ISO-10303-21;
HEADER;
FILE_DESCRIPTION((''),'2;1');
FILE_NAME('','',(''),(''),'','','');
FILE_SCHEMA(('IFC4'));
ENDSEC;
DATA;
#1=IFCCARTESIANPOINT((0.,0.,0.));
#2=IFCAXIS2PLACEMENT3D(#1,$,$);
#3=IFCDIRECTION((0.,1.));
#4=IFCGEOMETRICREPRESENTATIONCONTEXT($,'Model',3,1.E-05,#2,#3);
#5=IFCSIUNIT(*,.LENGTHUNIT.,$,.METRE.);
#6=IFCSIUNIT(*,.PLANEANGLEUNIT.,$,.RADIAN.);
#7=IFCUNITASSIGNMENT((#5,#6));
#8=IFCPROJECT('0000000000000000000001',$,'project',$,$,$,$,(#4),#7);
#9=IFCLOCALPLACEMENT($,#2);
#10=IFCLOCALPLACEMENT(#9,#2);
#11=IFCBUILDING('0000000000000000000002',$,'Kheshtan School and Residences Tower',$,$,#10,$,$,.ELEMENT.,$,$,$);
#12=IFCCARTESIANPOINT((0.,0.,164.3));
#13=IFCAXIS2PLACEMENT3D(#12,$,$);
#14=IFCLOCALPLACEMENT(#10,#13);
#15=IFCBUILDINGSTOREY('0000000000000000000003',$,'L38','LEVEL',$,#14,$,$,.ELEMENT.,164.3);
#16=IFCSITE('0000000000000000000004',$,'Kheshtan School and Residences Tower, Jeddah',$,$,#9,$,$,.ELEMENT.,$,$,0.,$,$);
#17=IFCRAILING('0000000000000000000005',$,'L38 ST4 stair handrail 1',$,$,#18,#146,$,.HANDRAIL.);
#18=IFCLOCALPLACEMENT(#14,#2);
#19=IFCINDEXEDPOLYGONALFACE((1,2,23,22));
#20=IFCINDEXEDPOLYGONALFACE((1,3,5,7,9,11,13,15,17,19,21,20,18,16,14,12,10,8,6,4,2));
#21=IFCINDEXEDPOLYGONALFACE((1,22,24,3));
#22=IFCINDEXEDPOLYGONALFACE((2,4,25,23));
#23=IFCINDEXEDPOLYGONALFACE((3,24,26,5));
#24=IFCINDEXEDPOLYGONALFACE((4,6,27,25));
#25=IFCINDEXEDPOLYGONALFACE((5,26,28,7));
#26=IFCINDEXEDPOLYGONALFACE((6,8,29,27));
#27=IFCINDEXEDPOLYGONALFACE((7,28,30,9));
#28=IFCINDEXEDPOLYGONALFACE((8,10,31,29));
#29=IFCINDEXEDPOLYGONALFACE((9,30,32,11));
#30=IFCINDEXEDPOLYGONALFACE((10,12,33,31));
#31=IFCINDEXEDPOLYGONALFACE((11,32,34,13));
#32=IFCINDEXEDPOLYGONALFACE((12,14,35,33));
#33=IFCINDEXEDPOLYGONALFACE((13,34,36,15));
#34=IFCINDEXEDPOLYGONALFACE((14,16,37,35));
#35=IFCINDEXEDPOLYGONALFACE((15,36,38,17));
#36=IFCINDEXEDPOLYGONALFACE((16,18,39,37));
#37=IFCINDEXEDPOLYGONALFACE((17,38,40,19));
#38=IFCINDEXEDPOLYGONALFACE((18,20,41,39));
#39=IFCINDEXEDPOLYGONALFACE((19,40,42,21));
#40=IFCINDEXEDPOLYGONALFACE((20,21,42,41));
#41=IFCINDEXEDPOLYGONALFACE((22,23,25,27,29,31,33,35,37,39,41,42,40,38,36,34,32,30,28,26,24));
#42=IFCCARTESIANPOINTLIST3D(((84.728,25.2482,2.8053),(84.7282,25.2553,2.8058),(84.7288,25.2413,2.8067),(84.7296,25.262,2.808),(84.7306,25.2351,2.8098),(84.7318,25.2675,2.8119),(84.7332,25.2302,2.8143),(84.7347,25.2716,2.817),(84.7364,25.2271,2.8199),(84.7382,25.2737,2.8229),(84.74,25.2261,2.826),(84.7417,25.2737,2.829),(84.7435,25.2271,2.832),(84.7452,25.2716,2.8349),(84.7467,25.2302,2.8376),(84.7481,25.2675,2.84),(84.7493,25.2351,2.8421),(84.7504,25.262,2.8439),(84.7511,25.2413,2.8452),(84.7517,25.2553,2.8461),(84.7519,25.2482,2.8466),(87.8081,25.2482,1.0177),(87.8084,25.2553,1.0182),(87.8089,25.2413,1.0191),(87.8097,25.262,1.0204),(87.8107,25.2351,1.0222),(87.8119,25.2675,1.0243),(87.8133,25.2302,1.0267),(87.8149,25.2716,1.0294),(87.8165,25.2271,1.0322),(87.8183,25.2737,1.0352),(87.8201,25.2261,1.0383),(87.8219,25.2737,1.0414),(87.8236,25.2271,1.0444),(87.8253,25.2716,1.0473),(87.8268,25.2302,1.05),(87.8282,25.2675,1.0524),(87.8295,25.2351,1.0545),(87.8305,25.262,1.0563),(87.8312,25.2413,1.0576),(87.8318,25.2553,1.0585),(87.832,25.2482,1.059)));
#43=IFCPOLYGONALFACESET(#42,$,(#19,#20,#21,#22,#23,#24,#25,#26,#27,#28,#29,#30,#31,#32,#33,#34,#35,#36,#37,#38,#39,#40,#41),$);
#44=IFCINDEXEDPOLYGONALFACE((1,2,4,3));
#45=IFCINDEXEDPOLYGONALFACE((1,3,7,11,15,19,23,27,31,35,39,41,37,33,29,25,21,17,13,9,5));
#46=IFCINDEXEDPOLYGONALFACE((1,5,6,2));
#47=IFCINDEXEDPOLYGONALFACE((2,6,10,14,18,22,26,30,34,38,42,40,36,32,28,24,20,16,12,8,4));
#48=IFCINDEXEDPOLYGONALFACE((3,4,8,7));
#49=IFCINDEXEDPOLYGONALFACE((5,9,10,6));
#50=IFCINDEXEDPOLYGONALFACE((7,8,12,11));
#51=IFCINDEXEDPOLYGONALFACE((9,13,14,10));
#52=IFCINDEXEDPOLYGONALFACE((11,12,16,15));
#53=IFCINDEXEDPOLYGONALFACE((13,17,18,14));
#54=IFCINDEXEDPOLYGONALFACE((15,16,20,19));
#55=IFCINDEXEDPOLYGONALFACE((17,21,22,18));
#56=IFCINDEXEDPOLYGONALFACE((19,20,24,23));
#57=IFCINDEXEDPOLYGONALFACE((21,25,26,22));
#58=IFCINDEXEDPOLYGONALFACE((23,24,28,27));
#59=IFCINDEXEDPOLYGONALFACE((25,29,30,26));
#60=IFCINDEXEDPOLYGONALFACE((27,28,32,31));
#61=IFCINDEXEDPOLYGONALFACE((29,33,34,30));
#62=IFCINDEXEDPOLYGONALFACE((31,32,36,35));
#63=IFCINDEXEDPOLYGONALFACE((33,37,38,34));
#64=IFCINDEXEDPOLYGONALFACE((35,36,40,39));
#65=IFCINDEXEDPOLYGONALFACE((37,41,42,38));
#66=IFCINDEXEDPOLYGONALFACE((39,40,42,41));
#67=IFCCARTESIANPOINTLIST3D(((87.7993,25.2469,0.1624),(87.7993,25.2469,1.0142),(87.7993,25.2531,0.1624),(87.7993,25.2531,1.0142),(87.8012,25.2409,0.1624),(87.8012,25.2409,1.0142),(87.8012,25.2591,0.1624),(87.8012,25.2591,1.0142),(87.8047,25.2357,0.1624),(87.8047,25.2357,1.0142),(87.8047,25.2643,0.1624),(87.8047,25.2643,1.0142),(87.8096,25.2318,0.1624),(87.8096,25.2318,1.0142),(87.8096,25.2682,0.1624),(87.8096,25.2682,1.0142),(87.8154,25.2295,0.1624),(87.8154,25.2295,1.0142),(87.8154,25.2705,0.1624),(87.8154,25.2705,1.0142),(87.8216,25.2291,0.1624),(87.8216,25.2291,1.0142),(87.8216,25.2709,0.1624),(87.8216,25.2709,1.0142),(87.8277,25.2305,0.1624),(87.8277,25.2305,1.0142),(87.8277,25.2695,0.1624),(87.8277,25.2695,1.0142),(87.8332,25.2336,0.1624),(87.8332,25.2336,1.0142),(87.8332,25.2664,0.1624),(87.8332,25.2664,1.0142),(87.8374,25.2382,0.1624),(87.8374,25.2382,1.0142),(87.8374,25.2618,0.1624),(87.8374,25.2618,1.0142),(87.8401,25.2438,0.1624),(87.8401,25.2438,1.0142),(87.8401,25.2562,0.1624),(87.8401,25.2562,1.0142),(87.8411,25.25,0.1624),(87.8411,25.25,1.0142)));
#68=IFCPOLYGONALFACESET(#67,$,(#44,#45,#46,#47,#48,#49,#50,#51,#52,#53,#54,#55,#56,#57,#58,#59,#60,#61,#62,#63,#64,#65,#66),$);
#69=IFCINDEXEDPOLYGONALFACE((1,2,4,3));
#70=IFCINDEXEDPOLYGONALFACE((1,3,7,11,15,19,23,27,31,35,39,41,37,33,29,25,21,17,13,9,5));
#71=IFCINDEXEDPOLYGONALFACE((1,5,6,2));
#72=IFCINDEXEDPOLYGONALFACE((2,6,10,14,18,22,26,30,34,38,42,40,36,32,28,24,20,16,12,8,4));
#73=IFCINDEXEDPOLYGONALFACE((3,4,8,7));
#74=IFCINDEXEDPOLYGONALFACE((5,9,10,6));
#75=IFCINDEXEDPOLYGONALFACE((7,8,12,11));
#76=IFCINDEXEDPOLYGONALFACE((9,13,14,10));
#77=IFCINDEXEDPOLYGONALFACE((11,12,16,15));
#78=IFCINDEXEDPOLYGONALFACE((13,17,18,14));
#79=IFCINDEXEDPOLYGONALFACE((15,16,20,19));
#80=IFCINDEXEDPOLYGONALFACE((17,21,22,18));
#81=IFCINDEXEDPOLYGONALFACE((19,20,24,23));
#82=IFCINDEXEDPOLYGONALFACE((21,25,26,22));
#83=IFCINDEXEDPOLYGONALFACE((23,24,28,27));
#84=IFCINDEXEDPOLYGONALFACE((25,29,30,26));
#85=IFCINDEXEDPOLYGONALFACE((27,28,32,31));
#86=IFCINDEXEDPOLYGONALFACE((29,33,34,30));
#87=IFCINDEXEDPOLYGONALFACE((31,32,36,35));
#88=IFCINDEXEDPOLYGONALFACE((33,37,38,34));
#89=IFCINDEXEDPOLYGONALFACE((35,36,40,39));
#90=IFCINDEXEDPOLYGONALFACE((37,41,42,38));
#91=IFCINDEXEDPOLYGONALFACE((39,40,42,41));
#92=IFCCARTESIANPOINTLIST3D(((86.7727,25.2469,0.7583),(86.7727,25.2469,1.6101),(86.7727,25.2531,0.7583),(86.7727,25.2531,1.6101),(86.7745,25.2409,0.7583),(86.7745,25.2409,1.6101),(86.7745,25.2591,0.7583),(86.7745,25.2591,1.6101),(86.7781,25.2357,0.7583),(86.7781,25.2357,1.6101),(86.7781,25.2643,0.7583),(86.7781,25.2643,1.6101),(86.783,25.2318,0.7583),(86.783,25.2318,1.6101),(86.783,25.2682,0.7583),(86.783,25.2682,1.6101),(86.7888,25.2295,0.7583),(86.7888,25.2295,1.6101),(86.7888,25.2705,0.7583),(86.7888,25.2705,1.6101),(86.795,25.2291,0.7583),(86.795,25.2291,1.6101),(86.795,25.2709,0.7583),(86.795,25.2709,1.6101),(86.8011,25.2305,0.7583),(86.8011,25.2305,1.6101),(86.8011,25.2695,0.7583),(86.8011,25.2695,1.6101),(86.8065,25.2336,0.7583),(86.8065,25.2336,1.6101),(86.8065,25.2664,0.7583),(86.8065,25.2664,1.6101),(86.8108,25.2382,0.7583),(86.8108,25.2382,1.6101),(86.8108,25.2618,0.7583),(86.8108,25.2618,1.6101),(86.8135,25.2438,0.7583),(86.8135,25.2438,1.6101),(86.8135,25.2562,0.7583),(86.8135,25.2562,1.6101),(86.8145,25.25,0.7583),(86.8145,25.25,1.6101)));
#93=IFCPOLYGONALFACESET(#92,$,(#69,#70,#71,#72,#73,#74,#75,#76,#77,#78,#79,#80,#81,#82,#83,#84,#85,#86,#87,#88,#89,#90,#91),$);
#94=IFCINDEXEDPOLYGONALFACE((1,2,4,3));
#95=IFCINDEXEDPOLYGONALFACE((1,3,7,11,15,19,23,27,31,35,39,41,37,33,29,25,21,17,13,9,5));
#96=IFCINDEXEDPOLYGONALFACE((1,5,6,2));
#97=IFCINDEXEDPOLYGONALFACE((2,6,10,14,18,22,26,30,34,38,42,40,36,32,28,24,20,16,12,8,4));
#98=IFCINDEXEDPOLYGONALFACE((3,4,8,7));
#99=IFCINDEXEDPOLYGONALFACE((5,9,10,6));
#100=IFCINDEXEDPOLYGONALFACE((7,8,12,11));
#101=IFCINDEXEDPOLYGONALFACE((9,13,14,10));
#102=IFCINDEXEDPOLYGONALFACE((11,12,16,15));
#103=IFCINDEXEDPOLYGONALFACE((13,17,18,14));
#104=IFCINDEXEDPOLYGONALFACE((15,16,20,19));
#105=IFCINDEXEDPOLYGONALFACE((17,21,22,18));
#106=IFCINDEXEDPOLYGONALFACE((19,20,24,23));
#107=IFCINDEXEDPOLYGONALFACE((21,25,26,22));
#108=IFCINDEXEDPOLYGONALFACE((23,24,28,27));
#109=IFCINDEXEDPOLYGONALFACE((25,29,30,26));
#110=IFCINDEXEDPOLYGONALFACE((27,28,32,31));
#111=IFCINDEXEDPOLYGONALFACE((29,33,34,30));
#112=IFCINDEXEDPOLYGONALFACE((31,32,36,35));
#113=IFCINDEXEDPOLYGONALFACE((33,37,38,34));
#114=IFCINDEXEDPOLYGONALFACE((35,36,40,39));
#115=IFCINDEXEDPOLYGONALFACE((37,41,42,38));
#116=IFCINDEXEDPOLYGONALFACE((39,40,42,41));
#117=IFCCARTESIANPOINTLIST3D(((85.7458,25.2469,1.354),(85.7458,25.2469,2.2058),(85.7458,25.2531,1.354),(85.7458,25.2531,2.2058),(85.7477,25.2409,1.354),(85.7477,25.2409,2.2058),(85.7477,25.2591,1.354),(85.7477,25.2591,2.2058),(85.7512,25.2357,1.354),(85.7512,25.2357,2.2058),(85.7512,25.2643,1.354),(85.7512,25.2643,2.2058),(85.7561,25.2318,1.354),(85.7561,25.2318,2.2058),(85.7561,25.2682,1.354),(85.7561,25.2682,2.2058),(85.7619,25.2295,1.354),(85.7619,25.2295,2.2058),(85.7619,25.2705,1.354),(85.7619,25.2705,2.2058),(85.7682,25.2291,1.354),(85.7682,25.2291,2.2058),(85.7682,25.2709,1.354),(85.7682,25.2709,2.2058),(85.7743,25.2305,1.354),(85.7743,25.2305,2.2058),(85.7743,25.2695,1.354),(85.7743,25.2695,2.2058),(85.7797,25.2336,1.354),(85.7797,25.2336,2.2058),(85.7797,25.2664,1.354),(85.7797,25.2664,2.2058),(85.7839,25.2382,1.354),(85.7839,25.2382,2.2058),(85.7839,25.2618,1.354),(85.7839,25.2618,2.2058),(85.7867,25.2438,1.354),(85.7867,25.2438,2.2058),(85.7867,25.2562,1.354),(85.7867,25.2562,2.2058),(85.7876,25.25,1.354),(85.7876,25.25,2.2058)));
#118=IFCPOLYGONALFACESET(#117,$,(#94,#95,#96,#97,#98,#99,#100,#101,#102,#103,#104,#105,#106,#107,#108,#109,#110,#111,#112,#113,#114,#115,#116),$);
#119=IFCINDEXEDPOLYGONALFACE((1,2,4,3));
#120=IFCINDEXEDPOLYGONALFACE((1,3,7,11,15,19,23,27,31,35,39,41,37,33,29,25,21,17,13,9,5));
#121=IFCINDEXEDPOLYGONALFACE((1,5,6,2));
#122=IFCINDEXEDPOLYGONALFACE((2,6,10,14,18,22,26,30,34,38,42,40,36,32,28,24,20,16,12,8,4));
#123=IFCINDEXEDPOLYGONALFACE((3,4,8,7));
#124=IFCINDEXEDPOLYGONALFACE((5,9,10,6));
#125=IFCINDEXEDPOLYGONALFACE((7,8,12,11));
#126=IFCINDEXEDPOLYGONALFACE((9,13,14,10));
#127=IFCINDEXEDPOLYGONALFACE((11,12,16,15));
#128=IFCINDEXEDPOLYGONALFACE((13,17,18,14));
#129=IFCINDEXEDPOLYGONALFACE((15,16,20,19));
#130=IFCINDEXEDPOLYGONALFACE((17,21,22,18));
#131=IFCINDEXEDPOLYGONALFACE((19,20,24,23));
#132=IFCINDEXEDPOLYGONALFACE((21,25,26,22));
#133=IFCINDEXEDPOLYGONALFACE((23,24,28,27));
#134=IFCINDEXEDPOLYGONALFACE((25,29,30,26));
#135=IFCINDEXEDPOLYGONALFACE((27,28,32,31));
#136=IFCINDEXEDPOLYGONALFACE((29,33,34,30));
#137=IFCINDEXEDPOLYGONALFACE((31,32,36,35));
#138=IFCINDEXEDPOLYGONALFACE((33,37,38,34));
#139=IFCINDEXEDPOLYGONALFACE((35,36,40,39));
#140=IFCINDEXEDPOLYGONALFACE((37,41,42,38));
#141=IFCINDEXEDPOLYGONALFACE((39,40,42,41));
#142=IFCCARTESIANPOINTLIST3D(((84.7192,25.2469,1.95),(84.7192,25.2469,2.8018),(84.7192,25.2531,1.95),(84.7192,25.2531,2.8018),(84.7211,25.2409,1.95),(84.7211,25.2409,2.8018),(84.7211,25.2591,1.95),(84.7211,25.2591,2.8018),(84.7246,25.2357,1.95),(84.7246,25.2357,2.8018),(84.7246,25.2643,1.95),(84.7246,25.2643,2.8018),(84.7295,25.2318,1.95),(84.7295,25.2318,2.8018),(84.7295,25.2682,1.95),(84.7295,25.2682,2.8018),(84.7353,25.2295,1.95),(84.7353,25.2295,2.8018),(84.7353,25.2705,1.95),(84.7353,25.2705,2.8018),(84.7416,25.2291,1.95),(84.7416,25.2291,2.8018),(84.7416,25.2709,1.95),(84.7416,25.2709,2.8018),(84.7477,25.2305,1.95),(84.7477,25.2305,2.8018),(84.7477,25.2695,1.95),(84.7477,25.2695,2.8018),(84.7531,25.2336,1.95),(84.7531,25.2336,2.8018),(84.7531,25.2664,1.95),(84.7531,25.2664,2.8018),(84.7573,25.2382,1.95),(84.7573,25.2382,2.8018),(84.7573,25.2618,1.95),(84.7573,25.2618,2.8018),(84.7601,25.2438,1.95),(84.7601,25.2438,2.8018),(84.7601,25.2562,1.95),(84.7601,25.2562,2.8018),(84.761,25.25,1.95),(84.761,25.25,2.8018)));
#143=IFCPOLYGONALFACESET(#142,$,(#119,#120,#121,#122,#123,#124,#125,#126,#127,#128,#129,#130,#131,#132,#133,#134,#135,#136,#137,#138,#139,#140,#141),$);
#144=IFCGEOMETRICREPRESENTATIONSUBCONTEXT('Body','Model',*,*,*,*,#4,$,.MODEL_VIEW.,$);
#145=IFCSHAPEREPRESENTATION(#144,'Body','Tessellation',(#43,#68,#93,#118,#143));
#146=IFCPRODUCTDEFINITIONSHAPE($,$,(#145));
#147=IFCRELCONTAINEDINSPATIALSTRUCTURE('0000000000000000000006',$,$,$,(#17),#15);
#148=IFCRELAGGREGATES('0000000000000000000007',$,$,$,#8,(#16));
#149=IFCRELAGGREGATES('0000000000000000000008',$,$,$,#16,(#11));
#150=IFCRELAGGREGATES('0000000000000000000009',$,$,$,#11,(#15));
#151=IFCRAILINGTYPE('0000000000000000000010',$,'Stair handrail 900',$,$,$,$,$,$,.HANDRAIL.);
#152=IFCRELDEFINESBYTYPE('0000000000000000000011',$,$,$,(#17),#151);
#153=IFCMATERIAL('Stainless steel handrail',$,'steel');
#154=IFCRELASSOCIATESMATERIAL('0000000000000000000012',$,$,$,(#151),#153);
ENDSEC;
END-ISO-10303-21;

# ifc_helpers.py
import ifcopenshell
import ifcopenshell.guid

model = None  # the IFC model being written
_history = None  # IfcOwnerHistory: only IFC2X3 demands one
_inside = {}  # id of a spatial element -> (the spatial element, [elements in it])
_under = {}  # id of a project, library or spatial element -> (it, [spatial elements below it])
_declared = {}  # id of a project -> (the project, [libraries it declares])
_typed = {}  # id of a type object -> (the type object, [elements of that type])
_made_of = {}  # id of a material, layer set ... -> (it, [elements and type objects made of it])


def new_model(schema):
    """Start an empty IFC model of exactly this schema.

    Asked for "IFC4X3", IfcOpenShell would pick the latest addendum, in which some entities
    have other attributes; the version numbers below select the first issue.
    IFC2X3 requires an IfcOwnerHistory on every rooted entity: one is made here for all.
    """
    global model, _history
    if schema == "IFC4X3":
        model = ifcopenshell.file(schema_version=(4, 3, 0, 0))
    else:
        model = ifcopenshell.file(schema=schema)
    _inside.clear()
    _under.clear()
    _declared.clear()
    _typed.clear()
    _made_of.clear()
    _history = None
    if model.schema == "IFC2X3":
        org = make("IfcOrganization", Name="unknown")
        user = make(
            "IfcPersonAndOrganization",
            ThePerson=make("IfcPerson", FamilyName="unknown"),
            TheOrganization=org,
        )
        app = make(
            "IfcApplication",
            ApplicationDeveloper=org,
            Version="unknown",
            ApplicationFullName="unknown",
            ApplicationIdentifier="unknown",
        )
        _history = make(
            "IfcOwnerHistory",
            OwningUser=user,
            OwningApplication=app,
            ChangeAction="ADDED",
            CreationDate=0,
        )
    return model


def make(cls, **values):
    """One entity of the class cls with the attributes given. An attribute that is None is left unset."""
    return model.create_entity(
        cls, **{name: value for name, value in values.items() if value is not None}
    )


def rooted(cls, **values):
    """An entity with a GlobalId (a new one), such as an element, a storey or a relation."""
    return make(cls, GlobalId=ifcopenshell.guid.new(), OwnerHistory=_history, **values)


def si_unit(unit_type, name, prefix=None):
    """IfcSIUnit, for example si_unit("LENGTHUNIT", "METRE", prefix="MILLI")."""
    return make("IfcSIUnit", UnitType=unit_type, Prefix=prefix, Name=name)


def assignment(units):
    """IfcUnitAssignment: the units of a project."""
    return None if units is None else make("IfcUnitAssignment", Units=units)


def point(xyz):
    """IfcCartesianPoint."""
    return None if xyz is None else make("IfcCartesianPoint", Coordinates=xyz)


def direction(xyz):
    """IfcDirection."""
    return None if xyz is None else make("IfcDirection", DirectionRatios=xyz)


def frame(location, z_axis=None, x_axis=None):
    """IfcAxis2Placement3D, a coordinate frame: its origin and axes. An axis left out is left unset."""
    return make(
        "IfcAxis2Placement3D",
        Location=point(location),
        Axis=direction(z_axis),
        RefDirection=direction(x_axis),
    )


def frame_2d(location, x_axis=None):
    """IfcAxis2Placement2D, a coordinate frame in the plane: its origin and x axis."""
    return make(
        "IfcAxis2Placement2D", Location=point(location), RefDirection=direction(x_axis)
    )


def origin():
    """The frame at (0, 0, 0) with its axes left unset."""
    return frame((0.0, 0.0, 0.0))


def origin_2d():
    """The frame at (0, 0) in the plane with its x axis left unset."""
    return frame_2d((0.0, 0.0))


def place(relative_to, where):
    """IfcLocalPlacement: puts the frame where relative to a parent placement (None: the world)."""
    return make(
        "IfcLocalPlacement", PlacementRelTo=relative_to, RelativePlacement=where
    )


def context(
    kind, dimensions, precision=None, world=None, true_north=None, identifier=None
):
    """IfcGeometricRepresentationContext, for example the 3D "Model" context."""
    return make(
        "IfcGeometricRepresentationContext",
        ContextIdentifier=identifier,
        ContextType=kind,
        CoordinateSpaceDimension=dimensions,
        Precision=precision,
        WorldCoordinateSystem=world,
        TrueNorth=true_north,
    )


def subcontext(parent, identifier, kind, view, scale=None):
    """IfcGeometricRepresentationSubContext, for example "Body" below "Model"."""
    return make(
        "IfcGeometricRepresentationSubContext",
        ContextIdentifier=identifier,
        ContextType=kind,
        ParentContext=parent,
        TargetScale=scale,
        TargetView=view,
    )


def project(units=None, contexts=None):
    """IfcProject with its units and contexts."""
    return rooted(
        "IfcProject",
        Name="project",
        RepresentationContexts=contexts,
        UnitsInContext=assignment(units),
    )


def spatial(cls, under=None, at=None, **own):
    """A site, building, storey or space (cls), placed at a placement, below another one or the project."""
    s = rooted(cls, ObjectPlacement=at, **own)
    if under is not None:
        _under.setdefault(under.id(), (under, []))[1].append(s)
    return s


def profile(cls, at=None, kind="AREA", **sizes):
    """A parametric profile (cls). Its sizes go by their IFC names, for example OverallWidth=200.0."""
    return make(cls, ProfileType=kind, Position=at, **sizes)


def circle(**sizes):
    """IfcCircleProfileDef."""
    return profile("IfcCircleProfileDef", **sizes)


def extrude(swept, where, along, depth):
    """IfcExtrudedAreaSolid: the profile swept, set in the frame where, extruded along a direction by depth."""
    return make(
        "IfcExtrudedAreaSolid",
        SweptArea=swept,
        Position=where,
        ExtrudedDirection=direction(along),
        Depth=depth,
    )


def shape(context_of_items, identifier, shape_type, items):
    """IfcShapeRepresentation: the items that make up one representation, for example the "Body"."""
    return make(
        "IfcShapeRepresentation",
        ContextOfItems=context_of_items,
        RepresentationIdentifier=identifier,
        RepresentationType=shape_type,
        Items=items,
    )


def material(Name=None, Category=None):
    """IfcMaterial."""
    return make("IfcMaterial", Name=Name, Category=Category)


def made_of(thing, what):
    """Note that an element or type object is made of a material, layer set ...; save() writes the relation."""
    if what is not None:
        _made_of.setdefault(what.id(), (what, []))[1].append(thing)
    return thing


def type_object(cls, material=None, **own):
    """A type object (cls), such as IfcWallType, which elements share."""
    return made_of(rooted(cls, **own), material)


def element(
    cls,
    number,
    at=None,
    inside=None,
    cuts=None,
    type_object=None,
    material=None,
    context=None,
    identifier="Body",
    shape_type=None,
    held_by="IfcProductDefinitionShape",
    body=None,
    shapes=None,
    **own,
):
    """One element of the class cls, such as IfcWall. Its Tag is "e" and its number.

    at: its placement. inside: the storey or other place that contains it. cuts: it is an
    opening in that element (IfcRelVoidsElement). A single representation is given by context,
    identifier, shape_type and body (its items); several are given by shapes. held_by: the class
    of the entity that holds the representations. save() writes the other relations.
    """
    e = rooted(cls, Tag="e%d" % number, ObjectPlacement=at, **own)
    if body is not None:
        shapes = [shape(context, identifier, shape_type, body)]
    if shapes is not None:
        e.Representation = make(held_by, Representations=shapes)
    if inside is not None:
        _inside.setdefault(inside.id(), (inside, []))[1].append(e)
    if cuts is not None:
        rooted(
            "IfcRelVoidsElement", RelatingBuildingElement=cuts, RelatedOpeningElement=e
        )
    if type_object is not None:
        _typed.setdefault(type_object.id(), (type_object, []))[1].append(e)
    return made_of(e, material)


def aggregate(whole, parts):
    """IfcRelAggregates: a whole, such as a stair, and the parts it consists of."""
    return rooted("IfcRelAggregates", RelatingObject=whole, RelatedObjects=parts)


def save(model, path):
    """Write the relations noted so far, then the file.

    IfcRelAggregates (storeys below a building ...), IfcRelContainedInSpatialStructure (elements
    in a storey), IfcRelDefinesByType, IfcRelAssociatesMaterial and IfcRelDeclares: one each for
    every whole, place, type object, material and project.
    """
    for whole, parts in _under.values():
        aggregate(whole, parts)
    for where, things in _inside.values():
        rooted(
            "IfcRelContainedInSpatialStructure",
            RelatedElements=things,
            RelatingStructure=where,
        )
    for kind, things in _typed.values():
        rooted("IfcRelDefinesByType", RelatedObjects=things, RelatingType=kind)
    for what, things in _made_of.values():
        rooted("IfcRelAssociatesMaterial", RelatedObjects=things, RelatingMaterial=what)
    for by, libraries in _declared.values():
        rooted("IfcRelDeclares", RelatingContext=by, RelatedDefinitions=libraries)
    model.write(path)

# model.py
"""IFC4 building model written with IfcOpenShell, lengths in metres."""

from ifc_helpers import new_model, si_unit, direction, frame, origin, origin_2d, place, context, subcontext, project, spatial, circle, extrude, material, type_object, element, save


model = new_model("IFC4")

# Units and contexts
model_context = context("Model", 3, precision=1e-05, world=origin(), true_north=direction((0.0, 1.0)))
body_context = subcontext(model_context, "Body", "Model", "MODEL_VIEW")
ifc_project = project(units=[si_unit("LENGTHUNIT", "METRE"), si_unit("PLANEANGLEUNIT", "RADIAN")], contexts=[model_context])

# Site, building, storey
site_placement = place(None, origin())
site = spatial("IfcSite", under=ifc_project, at=site_placement, Name="Kheshtan School and Residences Tower, Jeddah", CompositionType="ELEMENT", RefElevation=0.0)
building_placement = place(site_placement, origin())
building = spatial("IfcBuilding", under=site, at=building_placement, Name="Kheshtan School and Residences Tower", CompositionType="ELEMENT")
storey_placement = place(building_placement, frame((0.0, 0.0, 164.3)))
storey = spatial("IfcBuildingStorey", under=building, at=storey_placement, Name="L38", Description="LEVEL", CompositionType="ELEMENT", Elevation=164.3)

# Railing
ifc_material_1 = material(Name="Stainless steel handrail", Category="steel")
railing_type_1 = type_object("IfcRailingType", Name="Stair handrail 900", PredefinedType="HANDRAIL", material=ifc_material_1)
railing_1_placement = place(storey_placement, frame((87.8201, 25.25, 0.1624)))
element("IfcRailing", 1, at=railing_1_placement, inside=storey, type_object=railing_type_1, Name="L38 ST4 stair handrail 1", PredefinedType="HANDRAIL", context=body_context, shape_type="SweptSolid", body=[
    extrude(circle(Radius=0.0239, at=origin_2d()), frame((0.0, 0.0, 0.876), z_axis=(-0.864891, 0.0, 0.50196), x_axis=(0.0, -1.0, 0.0)), (0.0, 0.0, 1.0), 3.5613),
    extrude(circle(Radius=0.021, at=origin_2d()), origin(), (0.0, 0.0, 1.0), 0.8518),
    extrude(circle(Radius=0.021, at=origin_2d()), frame((-1.0266, 0.0, 0.5959)), (0.0, 0.0, 1.0), 0.8518),
    extrude(circle(Radius=0.021, at=origin_2d()), frame((-2.0535, 0.0, 1.1917)), (0.0, 0.0, 1.0), 0.8518),
    extrude(circle(Radius=0.021, at=origin_2d()), frame((-3.0801, 0.0, 1.7876)), (0.0, 0.0, 1.0), 0.8518),
])

save(model, "model.ifc")
